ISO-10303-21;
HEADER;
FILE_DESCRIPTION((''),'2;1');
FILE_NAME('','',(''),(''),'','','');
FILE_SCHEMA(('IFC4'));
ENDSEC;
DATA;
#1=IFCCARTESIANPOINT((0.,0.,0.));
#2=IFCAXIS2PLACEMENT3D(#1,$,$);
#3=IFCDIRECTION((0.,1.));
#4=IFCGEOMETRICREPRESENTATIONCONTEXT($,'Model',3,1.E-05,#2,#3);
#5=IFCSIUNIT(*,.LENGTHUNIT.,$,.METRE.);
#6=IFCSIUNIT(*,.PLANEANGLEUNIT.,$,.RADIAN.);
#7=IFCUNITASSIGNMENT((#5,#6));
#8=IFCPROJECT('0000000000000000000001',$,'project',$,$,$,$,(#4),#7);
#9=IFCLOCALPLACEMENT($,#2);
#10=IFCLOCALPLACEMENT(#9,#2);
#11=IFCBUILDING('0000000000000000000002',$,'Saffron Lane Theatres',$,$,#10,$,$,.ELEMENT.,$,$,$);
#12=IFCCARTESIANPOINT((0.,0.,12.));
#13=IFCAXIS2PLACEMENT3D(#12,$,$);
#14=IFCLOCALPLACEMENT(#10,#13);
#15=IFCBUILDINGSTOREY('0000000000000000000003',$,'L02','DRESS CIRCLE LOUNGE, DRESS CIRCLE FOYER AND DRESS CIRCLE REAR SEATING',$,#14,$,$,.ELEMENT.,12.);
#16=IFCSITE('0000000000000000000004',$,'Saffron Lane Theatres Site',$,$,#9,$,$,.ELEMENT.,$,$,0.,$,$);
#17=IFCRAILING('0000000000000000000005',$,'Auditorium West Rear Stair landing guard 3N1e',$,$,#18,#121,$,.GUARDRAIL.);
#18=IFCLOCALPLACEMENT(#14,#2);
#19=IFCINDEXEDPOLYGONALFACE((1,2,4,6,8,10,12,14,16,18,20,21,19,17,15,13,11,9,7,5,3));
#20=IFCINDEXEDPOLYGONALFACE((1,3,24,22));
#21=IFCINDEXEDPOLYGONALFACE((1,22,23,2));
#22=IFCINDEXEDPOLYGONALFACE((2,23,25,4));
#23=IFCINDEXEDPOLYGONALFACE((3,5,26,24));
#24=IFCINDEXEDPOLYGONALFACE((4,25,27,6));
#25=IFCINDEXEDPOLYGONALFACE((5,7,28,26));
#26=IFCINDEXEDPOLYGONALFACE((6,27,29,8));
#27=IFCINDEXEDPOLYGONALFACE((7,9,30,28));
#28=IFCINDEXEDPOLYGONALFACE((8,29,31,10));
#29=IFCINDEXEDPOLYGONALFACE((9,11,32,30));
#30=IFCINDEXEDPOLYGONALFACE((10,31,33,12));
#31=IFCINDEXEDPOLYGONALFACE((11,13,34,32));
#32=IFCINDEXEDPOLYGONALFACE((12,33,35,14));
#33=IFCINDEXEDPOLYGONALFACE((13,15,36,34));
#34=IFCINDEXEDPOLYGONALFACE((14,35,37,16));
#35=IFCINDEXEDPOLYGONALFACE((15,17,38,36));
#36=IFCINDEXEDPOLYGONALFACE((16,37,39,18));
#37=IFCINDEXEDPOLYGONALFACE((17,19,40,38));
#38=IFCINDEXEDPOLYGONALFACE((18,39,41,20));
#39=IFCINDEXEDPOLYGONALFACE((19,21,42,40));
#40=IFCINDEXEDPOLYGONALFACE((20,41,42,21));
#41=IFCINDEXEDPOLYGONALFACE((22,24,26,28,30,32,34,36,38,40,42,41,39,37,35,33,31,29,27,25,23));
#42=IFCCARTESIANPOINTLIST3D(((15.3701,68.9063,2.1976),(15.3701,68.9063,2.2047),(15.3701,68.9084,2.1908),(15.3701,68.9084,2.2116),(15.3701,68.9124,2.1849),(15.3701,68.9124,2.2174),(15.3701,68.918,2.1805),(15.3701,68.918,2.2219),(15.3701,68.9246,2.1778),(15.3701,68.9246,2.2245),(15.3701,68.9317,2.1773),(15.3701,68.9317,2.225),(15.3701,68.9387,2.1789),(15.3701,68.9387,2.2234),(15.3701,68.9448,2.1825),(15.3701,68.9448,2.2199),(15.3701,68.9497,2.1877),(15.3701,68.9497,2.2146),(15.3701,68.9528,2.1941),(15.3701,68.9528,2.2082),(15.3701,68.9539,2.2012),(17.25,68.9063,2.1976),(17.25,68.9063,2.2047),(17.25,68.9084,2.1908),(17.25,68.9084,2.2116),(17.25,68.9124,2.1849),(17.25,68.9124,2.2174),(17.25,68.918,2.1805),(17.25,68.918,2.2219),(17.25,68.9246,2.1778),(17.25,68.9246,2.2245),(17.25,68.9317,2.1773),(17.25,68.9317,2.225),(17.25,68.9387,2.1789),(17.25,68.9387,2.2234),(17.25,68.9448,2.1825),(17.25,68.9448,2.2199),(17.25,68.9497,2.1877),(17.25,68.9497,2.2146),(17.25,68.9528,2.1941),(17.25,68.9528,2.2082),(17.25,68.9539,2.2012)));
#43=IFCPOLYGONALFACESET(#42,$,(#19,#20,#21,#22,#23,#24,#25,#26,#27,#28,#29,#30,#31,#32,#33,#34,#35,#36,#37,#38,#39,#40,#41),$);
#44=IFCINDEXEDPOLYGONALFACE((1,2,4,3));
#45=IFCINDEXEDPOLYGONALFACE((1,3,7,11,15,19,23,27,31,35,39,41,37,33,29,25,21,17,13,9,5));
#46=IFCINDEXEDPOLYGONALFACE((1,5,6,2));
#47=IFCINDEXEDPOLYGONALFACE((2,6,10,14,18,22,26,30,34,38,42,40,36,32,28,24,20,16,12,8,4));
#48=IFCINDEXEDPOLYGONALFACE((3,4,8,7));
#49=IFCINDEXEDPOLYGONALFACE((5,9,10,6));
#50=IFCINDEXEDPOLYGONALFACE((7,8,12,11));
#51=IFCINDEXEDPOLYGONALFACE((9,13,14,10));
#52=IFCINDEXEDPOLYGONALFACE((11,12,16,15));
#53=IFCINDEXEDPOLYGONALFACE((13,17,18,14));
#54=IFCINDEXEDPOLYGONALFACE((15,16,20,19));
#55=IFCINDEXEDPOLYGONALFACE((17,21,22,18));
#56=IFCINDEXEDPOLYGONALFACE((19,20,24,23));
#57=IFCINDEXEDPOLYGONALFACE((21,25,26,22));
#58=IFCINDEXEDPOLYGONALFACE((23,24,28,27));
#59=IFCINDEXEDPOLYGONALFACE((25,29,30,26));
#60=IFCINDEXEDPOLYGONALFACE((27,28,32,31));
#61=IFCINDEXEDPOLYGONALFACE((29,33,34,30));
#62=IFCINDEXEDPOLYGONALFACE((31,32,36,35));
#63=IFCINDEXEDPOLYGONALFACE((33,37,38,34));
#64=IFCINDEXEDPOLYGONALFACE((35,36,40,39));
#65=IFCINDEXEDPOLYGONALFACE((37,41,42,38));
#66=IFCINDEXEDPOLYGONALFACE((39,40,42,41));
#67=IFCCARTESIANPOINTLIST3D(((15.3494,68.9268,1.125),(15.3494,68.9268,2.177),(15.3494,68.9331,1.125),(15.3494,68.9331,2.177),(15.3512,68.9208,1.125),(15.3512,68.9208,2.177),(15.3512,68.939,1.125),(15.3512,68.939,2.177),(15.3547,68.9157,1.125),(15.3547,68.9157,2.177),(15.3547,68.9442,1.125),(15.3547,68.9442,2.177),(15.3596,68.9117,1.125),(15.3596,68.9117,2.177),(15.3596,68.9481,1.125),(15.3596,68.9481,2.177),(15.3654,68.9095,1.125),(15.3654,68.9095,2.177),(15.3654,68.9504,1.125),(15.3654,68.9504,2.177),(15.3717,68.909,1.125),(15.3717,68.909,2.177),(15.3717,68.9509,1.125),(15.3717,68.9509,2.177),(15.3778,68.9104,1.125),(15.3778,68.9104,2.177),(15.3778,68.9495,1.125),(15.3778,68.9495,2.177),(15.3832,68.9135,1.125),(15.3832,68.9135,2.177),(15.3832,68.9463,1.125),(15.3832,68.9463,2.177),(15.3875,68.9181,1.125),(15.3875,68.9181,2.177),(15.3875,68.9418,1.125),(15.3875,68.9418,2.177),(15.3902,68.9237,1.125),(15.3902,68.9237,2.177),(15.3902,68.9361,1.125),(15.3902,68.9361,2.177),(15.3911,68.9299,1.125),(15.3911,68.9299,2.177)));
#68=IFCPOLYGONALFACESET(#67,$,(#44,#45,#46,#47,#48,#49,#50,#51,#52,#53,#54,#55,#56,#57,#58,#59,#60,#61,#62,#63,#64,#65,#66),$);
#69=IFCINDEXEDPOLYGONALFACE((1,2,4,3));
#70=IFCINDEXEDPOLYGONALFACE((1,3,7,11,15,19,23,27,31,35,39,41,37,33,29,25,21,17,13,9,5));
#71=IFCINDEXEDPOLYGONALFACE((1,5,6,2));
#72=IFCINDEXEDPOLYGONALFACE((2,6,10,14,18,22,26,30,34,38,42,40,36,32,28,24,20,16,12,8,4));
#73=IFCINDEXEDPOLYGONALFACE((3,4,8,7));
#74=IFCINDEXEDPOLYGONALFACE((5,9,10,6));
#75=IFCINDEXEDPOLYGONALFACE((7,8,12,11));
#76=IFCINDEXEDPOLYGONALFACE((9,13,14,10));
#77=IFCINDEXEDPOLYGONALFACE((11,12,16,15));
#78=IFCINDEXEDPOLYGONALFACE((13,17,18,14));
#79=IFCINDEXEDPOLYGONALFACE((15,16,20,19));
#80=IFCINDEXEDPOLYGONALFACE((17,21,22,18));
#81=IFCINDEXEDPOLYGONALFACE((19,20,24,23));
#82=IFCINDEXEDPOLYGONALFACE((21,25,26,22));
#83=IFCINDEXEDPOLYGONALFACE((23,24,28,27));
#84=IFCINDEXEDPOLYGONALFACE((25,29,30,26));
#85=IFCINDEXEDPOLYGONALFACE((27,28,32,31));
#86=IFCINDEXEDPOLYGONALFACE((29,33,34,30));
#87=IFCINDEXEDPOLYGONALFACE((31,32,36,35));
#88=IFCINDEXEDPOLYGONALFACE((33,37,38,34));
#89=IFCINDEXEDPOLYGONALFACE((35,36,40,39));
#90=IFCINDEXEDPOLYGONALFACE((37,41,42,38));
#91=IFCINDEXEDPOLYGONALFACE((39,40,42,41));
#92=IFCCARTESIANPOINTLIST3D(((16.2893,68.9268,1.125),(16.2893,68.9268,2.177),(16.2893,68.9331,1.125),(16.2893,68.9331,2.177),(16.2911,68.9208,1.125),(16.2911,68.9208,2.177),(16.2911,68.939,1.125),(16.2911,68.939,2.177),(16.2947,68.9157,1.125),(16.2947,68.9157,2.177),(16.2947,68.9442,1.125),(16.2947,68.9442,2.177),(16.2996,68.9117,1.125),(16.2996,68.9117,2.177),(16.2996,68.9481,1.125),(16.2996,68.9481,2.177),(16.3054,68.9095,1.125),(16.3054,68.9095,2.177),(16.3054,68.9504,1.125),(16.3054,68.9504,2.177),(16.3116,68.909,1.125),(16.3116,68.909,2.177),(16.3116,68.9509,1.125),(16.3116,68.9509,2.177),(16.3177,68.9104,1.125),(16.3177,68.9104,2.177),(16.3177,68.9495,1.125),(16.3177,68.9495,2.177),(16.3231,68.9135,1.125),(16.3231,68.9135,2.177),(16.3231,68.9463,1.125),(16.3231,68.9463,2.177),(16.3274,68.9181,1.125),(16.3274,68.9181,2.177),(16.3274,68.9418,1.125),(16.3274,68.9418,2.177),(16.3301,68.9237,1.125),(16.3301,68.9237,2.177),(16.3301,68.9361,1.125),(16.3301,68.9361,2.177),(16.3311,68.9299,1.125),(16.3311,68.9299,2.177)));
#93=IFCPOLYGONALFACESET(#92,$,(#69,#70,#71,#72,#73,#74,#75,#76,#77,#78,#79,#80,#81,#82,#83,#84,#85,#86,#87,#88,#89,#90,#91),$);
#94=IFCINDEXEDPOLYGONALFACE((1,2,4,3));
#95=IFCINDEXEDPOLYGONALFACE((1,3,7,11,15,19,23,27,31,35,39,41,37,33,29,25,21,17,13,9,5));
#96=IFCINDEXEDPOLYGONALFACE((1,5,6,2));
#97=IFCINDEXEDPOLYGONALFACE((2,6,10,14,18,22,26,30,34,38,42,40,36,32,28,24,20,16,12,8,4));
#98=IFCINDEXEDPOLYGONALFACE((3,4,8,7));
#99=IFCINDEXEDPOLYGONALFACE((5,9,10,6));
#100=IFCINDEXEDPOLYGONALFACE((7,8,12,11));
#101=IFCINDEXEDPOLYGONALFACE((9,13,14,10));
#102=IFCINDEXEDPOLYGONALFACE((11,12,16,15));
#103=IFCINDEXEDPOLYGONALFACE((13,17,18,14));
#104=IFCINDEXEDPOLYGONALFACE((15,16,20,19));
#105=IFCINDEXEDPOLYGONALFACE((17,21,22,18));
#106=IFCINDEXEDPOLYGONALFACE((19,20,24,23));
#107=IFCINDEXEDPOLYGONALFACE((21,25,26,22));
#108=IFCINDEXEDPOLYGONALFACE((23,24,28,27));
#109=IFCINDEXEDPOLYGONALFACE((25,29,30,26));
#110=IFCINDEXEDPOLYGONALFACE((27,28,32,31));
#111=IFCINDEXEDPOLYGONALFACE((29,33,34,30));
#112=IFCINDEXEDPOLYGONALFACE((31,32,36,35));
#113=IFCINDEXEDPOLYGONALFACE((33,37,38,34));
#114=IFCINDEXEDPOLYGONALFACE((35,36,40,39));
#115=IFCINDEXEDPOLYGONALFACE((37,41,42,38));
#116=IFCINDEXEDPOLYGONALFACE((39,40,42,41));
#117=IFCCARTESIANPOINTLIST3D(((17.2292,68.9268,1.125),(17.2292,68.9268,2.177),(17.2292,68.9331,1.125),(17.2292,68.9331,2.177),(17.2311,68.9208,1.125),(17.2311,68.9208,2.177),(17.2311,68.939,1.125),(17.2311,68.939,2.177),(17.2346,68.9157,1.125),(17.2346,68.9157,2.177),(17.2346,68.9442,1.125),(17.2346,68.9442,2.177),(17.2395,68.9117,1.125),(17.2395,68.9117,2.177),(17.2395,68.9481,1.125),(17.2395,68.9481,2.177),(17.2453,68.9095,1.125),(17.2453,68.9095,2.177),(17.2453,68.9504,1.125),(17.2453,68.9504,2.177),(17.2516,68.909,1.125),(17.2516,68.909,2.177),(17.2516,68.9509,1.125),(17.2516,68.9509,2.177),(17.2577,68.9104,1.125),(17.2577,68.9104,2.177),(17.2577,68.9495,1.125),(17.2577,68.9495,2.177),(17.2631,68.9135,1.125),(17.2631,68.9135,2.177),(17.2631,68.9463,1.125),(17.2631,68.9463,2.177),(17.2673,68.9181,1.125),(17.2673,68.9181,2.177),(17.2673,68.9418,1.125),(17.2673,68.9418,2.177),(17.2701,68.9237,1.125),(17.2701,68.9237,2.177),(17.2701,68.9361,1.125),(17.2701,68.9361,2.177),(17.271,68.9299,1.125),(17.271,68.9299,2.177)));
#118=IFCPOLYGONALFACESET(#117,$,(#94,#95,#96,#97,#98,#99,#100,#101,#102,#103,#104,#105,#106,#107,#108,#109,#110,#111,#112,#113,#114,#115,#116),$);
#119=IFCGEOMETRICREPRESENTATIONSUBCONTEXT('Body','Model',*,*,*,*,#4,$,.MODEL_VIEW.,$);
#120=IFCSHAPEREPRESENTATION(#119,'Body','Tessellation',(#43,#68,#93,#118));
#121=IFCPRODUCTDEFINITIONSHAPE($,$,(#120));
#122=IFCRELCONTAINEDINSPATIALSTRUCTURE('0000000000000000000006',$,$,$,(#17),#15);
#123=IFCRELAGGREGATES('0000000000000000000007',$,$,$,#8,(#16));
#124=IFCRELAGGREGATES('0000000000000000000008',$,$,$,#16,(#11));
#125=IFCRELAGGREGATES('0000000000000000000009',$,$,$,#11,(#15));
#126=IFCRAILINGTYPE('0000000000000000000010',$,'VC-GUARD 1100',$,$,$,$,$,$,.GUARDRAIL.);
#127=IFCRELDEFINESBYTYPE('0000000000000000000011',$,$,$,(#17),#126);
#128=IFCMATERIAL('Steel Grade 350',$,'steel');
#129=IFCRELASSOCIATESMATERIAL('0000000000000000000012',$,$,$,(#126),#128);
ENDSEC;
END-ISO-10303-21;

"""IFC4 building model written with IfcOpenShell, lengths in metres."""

from ifc_helpers import new_model, si_unit, direction, frame, origin, origin_2d, place, context, subcontext, project, spatial, circle, extrude, material, type_object, element, save


model = new_model("IFC4")

# Units and contexts
model_context = context("Model", 3, precision=1e-05, world=origin(), true_north=direction((0.0, 1.0)))
body_context = subcontext(model_context, "Body", "Model", "MODEL_VIEW")
ifc_project = project(units=[si_unit("LENGTHUNIT", "METRE"), si_unit("PLANEANGLEUNIT", "RADIAN")], contexts=[model_context])

# Site, building, storey
site_placement = place(None, origin())
site = spatial("IfcSite", under=ifc_project, at=site_placement, Name="Saffron Lane Theatres Site", CompositionType="ELEMENT", RefElevation=0.0)
building_placement = place(site_placement, origin())
building = spatial("IfcBuilding", under=site, at=building_placement, Name="Saffron Lane Theatres", CompositionType="ELEMENT")
storey_placement = place(building_placement, frame((0.0, 0.0, 12.0)))
storey = spatial("IfcBuildingStorey", under=building, at=storey_placement, Name="L02", Description="DRESS CIRCLE LOUNGE, DRESS CIRCLE FOYER AND DRESS CIRCLE REAR SEATING", CompositionType="ELEMENT", Elevation=12.0)

# Railing
ifc_material_1 = material(Name="Steel Grade 350", Category="steel")
railing_type_1 = type_object("IfcRailingType", Name="VC-GUARD 1100", PredefinedType="GUARDRAIL", material=ifc_material_1)
railing_1_placement = place(storey_placement, frame((15.3701, 68.9299, 1.125)))
element("IfcRailing", 1, at=railing_1_placement, inside=storey, type_object=railing_type_1, Name="Auditorium West Rear Stair landing guard 3N1e", PredefinedType="GUARDRAIL", context=body_context, shape_type="SweptSolid", body=[
    extrude(circle(Radius=0.0239, at=origin_2d()), frame((0.0, 0.0, 1.0762), z_axis=(1.0, 0.0, 0.0), x_axis=(0.0, 1.0, 0.0)), (0.0, 0.0, 1.0), 1.8799),
    extrude(circle(Radius=0.021, at=origin_2d()), origin(), (0.0, 0.0, 1.0), 1.052),
    extrude(circle(Radius=0.021, at=origin_2d()), frame((0.9399, 0.0, 0.0)), (0.0, 0.0, 1.0), 1.052),
    extrude(circle(Radius=0.021, at=origin_2d()), frame((1.8799, 0.0, 0.0)), (0.0, 0.0, 1.0), 1.052),
])

save(model, "model.ifc")
